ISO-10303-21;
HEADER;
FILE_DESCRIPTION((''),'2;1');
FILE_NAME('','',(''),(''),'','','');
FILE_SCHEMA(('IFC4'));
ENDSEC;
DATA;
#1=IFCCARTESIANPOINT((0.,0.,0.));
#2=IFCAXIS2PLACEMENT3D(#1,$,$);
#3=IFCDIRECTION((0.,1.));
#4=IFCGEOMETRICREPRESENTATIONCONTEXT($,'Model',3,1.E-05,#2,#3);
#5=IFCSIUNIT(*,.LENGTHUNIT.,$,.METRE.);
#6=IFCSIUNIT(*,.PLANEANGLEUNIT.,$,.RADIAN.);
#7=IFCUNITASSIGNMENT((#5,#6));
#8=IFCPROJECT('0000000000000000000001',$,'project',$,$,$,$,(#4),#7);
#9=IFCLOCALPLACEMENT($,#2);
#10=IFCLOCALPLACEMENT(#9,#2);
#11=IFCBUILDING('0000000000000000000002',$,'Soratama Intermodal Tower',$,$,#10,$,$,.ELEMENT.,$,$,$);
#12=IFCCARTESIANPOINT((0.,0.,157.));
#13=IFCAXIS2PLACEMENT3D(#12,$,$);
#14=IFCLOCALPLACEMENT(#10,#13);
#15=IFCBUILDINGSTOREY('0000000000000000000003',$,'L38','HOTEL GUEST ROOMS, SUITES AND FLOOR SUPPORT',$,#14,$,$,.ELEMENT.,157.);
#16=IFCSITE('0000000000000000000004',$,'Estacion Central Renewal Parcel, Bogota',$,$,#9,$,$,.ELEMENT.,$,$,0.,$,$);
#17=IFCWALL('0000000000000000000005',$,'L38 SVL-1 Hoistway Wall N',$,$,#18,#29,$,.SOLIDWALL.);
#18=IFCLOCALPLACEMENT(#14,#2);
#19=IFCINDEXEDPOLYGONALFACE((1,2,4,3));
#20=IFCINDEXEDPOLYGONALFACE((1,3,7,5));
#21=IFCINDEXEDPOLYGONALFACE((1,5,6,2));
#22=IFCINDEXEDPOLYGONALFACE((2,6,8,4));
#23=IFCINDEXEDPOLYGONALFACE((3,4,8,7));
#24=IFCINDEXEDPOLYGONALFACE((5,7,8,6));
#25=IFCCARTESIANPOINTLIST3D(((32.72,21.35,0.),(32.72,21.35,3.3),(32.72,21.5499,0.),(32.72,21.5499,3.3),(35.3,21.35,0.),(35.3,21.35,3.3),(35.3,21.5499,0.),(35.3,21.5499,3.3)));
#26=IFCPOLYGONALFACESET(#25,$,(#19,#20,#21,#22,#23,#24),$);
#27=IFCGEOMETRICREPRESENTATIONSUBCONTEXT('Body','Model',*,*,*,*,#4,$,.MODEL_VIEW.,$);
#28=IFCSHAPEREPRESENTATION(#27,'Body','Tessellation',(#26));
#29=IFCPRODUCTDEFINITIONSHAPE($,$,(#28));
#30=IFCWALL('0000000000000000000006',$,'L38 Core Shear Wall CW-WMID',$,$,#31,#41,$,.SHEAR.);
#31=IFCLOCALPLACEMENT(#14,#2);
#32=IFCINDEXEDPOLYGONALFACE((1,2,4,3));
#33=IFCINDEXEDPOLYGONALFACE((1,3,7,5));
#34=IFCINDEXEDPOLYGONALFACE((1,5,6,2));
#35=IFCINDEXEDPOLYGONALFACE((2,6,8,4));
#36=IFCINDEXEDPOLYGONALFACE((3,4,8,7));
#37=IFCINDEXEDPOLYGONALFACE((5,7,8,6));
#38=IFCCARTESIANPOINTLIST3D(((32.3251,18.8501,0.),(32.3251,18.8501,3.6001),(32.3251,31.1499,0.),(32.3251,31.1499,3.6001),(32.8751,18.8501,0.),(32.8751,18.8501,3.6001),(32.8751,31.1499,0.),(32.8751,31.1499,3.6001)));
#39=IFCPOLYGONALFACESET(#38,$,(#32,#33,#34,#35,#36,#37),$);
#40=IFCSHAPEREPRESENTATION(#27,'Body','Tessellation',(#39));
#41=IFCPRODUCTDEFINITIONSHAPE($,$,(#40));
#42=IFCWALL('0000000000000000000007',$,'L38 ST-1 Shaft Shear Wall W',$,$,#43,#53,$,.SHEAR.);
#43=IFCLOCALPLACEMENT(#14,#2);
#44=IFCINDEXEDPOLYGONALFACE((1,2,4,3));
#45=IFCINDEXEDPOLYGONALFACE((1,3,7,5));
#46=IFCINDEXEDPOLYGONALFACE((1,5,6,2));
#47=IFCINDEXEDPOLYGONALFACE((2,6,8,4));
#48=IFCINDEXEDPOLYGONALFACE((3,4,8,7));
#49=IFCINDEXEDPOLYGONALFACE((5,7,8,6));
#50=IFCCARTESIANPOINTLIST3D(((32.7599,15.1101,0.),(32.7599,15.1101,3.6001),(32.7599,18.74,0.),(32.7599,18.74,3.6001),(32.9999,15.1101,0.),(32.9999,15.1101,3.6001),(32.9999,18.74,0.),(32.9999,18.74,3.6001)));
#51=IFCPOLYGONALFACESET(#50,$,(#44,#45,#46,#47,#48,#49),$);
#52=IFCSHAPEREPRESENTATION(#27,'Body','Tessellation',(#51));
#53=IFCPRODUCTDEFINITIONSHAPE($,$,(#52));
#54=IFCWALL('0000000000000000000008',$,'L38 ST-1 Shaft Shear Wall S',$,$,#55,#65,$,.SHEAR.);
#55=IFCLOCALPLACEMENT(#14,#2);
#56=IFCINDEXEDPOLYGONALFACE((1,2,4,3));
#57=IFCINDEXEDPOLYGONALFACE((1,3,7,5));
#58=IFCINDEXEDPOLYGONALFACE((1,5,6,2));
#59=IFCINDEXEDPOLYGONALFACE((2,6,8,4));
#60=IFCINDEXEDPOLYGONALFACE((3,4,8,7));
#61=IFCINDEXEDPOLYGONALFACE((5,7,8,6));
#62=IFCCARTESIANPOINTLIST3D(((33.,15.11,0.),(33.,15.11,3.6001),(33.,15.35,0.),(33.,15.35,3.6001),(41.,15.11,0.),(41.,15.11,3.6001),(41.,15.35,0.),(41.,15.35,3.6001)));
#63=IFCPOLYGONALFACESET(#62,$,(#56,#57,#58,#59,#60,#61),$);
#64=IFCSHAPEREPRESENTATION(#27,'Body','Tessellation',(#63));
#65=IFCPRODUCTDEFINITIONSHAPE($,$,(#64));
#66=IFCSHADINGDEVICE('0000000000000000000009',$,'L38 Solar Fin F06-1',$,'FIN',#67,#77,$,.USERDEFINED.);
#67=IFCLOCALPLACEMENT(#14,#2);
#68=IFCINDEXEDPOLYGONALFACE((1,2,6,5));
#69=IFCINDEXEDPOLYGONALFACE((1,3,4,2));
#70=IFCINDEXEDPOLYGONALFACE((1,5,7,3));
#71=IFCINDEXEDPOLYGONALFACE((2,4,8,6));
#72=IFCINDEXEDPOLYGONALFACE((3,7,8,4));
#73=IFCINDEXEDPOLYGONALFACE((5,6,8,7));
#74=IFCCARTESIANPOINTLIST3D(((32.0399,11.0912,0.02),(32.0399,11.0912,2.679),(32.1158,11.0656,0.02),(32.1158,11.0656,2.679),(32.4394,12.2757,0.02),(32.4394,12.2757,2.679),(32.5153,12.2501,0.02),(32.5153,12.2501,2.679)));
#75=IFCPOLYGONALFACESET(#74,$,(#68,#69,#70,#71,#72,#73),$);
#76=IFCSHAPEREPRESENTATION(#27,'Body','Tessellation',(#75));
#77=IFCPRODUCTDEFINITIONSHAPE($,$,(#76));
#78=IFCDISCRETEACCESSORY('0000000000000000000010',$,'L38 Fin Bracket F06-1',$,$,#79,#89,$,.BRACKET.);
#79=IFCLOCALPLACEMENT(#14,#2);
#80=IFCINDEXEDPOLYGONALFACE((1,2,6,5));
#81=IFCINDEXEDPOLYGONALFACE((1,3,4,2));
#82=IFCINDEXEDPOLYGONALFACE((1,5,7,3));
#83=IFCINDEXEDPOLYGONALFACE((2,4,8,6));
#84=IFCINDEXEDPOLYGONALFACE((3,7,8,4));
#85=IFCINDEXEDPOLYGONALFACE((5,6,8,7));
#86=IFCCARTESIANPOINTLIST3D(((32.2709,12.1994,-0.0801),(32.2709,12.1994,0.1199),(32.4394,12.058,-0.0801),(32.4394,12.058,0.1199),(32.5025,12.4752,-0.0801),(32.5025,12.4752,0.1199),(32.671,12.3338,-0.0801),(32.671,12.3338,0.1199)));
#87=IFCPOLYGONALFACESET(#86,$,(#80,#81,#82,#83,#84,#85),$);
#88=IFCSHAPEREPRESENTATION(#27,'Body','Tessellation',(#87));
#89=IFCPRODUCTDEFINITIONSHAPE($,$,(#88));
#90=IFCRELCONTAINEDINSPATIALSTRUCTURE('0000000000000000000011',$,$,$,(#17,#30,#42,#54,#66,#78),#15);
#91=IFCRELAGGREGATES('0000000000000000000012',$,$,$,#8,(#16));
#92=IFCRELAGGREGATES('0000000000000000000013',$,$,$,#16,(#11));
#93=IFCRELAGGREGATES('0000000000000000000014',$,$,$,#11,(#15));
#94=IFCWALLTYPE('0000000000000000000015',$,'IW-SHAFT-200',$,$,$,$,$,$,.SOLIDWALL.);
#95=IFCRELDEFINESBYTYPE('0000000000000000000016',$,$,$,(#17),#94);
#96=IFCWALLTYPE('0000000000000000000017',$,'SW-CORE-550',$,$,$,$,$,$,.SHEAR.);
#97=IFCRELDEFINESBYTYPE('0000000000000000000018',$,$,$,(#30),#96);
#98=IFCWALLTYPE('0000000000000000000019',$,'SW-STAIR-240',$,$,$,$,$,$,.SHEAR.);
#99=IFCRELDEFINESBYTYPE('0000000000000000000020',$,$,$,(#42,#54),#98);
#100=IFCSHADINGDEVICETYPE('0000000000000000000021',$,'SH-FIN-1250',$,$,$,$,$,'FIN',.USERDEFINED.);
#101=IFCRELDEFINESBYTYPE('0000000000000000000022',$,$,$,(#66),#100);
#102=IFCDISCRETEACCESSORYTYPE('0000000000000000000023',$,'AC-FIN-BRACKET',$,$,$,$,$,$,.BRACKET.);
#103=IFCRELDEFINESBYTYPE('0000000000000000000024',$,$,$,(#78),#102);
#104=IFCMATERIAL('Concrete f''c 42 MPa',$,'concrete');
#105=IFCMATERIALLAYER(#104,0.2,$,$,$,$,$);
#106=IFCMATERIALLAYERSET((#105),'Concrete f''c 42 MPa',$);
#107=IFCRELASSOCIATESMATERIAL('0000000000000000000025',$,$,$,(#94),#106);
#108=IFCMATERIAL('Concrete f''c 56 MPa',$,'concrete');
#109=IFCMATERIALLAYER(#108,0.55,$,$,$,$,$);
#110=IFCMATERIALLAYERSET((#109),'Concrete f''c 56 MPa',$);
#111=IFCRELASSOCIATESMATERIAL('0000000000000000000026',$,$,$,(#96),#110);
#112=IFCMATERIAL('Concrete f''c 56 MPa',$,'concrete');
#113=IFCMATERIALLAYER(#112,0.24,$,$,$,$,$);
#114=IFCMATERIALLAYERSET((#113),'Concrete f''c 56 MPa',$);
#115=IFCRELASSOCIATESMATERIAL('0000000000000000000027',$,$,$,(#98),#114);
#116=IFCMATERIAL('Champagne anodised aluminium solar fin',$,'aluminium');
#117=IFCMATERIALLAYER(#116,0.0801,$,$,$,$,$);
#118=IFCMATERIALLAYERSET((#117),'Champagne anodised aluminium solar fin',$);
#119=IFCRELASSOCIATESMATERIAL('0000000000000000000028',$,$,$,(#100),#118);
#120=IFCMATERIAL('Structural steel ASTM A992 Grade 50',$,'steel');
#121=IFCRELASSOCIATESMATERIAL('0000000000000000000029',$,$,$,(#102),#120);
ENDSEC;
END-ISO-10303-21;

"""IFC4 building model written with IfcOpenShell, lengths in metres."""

from ifc_helpers import new_model, si_unit, direction, frame, frame_2d, origin, origin_2d, place, context, subcontext, project, spatial, rectangle, extrude, material, layer, layer_set, type_object, element, save


model = new_model("IFC4")

# Units and contexts
model_context = context("Model", 3, precision=1e-05, world=origin(), true_north=direction((0.0, 1.0)))
body_context = subcontext(model_context, "Body", "Model", "MODEL_VIEW")
ifc_project = project(units=[si_unit("LENGTHUNIT", "METRE"), si_unit("PLANEANGLEUNIT", "RADIAN")], contexts=[model_context])

# Site, building, storey
site_placement = place(None, origin())
site = spatial("IfcSite", under=ifc_project, at=site_placement, Name="Estacion Central Renewal Parcel, Bogota", CompositionType="ELEMENT", RefElevation=0.0)
building_placement = place(site_placement, origin())
building = spatial("IfcBuilding", under=site, at=building_placement, Name="Soratama Intermodal Tower", CompositionType="ELEMENT")
storey_placement = place(building_placement, frame((0.0, 0.0, 157.0)))
storey = spatial("IfcBuildingStorey", under=building, at=storey_placement, Name="L38", Description="HOTEL GUEST ROOMS, SUITES AND FLOOR SUPPORT", CompositionType="ELEMENT", Elevation=157.0)

# Walls
ifc_material_1 = material(Name="Concrete f'c 42 MPa", Category="concrete")
ifc_layer_1 = layer(ifc_material_1, 0.2)
ifc_layer_set_1 = layer_set([ifc_layer_1], Name="Concrete f'c 42 MPa")
wall_type_1 = type_object("IfcWallType", Name="IW-SHAFT-200", PredefinedType="SOLIDWALL", material=ifc_layer_set_1)
wall_1_placement = place(storey_placement, frame((32.72, 21.45, 0.0), z_axis=(0.0, 0.0, 1.0), x_axis=(1.0, 0.0, 0.0)))
element("IfcWall", 1, at=wall_1_placement, inside=storey, type_object=wall_type_1, Name="L38 SVL-1 Hoistway Wall N", PredefinedType="SOLIDWALL", context=body_context, shape_type="SweptSolid", body=[
    extrude(rectangle(XDim=2.5801, YDim=0.2, at=frame_2d((1.29, 0.0))), origin(), (0.0, 0.0, 1.0), 3.3),
])
ifc_material_2 = material(Name="Concrete f'c 56 MPa", Category="concrete")
ifc_layer_2 = layer(ifc_material_2, 0.55)
ifc_layer_set_2 = layer_set([ifc_layer_2], Name="Concrete f'c 56 MPa")
wall_type_2 = type_object("IfcWallType", Name="SW-CORE-550", PredefinedType="SHEAR", material=ifc_layer_set_2)
wall_2_placement = place(storey_placement, frame((32.6001, 18.8501, 0.0), z_axis=(0.0, 0.0, 1.0), x_axis=(0.0, 1.0, 0.0)))
element("IfcWall", 2, at=wall_2_placement, inside=storey, type_object=wall_type_2, Name="L38 Core Shear Wall CW-WMID", PredefinedType="SHEAR", context=body_context, shape_type="SweptSolid", body=[
    extrude(rectangle(XDim=12.2998, YDim=0.55, at=frame_2d((6.1499, 0.0))), origin(), (0.0, 0.0, 1.0), 3.6001),
])
ifc_material_3 = material(Name="Concrete f'c 56 MPa", Category="concrete")
ifc_layer_3 = layer(ifc_material_3, 0.24)
ifc_layer_set_3 = layer_set([ifc_layer_3], Name="Concrete f'c 56 MPa")
wall_type_3 = type_object("IfcWallType", Name="SW-STAIR-240", PredefinedType="SHEAR", material=ifc_layer_set_3)
wall_3_placement = place(storey_placement, frame((32.8799, 15.1101, 0.0), z_axis=(0.0, 0.0, 1.0), x_axis=(0.0, 1.0, 0.0)))
element("IfcWall", 3, at=wall_3_placement, inside=storey, type_object=wall_type_3, Name="L38 ST-1 Shaft Shear Wall W", PredefinedType="SHEAR", context=body_context, shape_type="SweptSolid", body=[
    extrude(rectangle(XDim=3.6299, YDim=0.24, at=frame_2d((1.8149, 0.0))), origin(), (0.0, 0.0, 1.0), 3.6001),
])
wall_4_placement = place(storey_placement, frame((33.0, 15.23, 0.0), z_axis=(0.0, 0.0, 1.0), x_axis=(1.0, 0.0, 0.0)))
element("IfcWall", 4, at=wall_4_placement, inside=storey, type_object=wall_type_3, Name="L38 ST-1 Shaft Shear Wall S", PredefinedType="SHEAR", context=body_context, shape_type="SweptSolid", body=[
    extrude(rectangle(XDim=8.0, YDim=0.24, at=frame_2d((4.0, 0.0))), origin(), (0.0, 0.0, 1.0), 3.6001),
])

# Shading device
ifc_material_4 = material(Name="Champagne anodised aluminium solar fin", Category="aluminium")
ifc_layer_4 = layer(ifc_material_4, 0.0801)
ifc_layer_set_4 = layer_set([ifc_layer_4], Name="Champagne anodised aluminium solar fin")
shading_device_type = type_object("IfcShadingDeviceType", Name="SH-FIN-1250", ElementType="FIN", PredefinedType="USERDEFINED", material=ifc_layer_set_4)
shading_device_placement = place(storey_placement, frame((32.2776, 11.6707, 0.02), z_axis=(0.0, 0.0, 1.0), x_axis=(-0.319621, -0.947546, 0.0)))
element("IfcShadingDevice", 5, at=shading_device_placement, inside=storey, type_object=shading_device_type, Name="L38 Solar Fin F06-1", ObjectType="FIN", PredefinedType="USERDEFINED", context=body_context, shape_type="SweptSolid", body=[
    extrude(rectangle(XDim=1.25, YDim=0.0801, at=origin_2d()), origin(), (0.0, 0.0, 1.0), 2.6589),
])

# Discrete accessory
ifc_material_5 = material(Name="Structural steel ASTM A992 Grade 50", Category="steel")
discrete_accessory_type = type_object("IfcDiscreteAccessoryType", Name="AC-FIN-BRACKET", PredefinedType="BRACKET", material=ifc_material_5)
discrete_accessory_placement = place(storey_placement, frame((32.4709, 12.2666, -0.0801), z_axis=(0.0, 0.0, 1.0), x_axis=(-0.643055, -0.76582, 0.0)))
element("IfcDiscreteAccessory", 6, at=discrete_accessory_placement, inside=storey, type_object=discrete_accessory_type, Name="L38 Fin Bracket F06-1", PredefinedType="BRACKET", context=body_context, shape_type="SweptSolid", body=[
    extrude(rectangle(XDim=0.3601, YDim=0.22, at=origin_2d()), origin(), (0.0, 0.0, 1.0), 0.2),
])

save(model, "model.ifc")
